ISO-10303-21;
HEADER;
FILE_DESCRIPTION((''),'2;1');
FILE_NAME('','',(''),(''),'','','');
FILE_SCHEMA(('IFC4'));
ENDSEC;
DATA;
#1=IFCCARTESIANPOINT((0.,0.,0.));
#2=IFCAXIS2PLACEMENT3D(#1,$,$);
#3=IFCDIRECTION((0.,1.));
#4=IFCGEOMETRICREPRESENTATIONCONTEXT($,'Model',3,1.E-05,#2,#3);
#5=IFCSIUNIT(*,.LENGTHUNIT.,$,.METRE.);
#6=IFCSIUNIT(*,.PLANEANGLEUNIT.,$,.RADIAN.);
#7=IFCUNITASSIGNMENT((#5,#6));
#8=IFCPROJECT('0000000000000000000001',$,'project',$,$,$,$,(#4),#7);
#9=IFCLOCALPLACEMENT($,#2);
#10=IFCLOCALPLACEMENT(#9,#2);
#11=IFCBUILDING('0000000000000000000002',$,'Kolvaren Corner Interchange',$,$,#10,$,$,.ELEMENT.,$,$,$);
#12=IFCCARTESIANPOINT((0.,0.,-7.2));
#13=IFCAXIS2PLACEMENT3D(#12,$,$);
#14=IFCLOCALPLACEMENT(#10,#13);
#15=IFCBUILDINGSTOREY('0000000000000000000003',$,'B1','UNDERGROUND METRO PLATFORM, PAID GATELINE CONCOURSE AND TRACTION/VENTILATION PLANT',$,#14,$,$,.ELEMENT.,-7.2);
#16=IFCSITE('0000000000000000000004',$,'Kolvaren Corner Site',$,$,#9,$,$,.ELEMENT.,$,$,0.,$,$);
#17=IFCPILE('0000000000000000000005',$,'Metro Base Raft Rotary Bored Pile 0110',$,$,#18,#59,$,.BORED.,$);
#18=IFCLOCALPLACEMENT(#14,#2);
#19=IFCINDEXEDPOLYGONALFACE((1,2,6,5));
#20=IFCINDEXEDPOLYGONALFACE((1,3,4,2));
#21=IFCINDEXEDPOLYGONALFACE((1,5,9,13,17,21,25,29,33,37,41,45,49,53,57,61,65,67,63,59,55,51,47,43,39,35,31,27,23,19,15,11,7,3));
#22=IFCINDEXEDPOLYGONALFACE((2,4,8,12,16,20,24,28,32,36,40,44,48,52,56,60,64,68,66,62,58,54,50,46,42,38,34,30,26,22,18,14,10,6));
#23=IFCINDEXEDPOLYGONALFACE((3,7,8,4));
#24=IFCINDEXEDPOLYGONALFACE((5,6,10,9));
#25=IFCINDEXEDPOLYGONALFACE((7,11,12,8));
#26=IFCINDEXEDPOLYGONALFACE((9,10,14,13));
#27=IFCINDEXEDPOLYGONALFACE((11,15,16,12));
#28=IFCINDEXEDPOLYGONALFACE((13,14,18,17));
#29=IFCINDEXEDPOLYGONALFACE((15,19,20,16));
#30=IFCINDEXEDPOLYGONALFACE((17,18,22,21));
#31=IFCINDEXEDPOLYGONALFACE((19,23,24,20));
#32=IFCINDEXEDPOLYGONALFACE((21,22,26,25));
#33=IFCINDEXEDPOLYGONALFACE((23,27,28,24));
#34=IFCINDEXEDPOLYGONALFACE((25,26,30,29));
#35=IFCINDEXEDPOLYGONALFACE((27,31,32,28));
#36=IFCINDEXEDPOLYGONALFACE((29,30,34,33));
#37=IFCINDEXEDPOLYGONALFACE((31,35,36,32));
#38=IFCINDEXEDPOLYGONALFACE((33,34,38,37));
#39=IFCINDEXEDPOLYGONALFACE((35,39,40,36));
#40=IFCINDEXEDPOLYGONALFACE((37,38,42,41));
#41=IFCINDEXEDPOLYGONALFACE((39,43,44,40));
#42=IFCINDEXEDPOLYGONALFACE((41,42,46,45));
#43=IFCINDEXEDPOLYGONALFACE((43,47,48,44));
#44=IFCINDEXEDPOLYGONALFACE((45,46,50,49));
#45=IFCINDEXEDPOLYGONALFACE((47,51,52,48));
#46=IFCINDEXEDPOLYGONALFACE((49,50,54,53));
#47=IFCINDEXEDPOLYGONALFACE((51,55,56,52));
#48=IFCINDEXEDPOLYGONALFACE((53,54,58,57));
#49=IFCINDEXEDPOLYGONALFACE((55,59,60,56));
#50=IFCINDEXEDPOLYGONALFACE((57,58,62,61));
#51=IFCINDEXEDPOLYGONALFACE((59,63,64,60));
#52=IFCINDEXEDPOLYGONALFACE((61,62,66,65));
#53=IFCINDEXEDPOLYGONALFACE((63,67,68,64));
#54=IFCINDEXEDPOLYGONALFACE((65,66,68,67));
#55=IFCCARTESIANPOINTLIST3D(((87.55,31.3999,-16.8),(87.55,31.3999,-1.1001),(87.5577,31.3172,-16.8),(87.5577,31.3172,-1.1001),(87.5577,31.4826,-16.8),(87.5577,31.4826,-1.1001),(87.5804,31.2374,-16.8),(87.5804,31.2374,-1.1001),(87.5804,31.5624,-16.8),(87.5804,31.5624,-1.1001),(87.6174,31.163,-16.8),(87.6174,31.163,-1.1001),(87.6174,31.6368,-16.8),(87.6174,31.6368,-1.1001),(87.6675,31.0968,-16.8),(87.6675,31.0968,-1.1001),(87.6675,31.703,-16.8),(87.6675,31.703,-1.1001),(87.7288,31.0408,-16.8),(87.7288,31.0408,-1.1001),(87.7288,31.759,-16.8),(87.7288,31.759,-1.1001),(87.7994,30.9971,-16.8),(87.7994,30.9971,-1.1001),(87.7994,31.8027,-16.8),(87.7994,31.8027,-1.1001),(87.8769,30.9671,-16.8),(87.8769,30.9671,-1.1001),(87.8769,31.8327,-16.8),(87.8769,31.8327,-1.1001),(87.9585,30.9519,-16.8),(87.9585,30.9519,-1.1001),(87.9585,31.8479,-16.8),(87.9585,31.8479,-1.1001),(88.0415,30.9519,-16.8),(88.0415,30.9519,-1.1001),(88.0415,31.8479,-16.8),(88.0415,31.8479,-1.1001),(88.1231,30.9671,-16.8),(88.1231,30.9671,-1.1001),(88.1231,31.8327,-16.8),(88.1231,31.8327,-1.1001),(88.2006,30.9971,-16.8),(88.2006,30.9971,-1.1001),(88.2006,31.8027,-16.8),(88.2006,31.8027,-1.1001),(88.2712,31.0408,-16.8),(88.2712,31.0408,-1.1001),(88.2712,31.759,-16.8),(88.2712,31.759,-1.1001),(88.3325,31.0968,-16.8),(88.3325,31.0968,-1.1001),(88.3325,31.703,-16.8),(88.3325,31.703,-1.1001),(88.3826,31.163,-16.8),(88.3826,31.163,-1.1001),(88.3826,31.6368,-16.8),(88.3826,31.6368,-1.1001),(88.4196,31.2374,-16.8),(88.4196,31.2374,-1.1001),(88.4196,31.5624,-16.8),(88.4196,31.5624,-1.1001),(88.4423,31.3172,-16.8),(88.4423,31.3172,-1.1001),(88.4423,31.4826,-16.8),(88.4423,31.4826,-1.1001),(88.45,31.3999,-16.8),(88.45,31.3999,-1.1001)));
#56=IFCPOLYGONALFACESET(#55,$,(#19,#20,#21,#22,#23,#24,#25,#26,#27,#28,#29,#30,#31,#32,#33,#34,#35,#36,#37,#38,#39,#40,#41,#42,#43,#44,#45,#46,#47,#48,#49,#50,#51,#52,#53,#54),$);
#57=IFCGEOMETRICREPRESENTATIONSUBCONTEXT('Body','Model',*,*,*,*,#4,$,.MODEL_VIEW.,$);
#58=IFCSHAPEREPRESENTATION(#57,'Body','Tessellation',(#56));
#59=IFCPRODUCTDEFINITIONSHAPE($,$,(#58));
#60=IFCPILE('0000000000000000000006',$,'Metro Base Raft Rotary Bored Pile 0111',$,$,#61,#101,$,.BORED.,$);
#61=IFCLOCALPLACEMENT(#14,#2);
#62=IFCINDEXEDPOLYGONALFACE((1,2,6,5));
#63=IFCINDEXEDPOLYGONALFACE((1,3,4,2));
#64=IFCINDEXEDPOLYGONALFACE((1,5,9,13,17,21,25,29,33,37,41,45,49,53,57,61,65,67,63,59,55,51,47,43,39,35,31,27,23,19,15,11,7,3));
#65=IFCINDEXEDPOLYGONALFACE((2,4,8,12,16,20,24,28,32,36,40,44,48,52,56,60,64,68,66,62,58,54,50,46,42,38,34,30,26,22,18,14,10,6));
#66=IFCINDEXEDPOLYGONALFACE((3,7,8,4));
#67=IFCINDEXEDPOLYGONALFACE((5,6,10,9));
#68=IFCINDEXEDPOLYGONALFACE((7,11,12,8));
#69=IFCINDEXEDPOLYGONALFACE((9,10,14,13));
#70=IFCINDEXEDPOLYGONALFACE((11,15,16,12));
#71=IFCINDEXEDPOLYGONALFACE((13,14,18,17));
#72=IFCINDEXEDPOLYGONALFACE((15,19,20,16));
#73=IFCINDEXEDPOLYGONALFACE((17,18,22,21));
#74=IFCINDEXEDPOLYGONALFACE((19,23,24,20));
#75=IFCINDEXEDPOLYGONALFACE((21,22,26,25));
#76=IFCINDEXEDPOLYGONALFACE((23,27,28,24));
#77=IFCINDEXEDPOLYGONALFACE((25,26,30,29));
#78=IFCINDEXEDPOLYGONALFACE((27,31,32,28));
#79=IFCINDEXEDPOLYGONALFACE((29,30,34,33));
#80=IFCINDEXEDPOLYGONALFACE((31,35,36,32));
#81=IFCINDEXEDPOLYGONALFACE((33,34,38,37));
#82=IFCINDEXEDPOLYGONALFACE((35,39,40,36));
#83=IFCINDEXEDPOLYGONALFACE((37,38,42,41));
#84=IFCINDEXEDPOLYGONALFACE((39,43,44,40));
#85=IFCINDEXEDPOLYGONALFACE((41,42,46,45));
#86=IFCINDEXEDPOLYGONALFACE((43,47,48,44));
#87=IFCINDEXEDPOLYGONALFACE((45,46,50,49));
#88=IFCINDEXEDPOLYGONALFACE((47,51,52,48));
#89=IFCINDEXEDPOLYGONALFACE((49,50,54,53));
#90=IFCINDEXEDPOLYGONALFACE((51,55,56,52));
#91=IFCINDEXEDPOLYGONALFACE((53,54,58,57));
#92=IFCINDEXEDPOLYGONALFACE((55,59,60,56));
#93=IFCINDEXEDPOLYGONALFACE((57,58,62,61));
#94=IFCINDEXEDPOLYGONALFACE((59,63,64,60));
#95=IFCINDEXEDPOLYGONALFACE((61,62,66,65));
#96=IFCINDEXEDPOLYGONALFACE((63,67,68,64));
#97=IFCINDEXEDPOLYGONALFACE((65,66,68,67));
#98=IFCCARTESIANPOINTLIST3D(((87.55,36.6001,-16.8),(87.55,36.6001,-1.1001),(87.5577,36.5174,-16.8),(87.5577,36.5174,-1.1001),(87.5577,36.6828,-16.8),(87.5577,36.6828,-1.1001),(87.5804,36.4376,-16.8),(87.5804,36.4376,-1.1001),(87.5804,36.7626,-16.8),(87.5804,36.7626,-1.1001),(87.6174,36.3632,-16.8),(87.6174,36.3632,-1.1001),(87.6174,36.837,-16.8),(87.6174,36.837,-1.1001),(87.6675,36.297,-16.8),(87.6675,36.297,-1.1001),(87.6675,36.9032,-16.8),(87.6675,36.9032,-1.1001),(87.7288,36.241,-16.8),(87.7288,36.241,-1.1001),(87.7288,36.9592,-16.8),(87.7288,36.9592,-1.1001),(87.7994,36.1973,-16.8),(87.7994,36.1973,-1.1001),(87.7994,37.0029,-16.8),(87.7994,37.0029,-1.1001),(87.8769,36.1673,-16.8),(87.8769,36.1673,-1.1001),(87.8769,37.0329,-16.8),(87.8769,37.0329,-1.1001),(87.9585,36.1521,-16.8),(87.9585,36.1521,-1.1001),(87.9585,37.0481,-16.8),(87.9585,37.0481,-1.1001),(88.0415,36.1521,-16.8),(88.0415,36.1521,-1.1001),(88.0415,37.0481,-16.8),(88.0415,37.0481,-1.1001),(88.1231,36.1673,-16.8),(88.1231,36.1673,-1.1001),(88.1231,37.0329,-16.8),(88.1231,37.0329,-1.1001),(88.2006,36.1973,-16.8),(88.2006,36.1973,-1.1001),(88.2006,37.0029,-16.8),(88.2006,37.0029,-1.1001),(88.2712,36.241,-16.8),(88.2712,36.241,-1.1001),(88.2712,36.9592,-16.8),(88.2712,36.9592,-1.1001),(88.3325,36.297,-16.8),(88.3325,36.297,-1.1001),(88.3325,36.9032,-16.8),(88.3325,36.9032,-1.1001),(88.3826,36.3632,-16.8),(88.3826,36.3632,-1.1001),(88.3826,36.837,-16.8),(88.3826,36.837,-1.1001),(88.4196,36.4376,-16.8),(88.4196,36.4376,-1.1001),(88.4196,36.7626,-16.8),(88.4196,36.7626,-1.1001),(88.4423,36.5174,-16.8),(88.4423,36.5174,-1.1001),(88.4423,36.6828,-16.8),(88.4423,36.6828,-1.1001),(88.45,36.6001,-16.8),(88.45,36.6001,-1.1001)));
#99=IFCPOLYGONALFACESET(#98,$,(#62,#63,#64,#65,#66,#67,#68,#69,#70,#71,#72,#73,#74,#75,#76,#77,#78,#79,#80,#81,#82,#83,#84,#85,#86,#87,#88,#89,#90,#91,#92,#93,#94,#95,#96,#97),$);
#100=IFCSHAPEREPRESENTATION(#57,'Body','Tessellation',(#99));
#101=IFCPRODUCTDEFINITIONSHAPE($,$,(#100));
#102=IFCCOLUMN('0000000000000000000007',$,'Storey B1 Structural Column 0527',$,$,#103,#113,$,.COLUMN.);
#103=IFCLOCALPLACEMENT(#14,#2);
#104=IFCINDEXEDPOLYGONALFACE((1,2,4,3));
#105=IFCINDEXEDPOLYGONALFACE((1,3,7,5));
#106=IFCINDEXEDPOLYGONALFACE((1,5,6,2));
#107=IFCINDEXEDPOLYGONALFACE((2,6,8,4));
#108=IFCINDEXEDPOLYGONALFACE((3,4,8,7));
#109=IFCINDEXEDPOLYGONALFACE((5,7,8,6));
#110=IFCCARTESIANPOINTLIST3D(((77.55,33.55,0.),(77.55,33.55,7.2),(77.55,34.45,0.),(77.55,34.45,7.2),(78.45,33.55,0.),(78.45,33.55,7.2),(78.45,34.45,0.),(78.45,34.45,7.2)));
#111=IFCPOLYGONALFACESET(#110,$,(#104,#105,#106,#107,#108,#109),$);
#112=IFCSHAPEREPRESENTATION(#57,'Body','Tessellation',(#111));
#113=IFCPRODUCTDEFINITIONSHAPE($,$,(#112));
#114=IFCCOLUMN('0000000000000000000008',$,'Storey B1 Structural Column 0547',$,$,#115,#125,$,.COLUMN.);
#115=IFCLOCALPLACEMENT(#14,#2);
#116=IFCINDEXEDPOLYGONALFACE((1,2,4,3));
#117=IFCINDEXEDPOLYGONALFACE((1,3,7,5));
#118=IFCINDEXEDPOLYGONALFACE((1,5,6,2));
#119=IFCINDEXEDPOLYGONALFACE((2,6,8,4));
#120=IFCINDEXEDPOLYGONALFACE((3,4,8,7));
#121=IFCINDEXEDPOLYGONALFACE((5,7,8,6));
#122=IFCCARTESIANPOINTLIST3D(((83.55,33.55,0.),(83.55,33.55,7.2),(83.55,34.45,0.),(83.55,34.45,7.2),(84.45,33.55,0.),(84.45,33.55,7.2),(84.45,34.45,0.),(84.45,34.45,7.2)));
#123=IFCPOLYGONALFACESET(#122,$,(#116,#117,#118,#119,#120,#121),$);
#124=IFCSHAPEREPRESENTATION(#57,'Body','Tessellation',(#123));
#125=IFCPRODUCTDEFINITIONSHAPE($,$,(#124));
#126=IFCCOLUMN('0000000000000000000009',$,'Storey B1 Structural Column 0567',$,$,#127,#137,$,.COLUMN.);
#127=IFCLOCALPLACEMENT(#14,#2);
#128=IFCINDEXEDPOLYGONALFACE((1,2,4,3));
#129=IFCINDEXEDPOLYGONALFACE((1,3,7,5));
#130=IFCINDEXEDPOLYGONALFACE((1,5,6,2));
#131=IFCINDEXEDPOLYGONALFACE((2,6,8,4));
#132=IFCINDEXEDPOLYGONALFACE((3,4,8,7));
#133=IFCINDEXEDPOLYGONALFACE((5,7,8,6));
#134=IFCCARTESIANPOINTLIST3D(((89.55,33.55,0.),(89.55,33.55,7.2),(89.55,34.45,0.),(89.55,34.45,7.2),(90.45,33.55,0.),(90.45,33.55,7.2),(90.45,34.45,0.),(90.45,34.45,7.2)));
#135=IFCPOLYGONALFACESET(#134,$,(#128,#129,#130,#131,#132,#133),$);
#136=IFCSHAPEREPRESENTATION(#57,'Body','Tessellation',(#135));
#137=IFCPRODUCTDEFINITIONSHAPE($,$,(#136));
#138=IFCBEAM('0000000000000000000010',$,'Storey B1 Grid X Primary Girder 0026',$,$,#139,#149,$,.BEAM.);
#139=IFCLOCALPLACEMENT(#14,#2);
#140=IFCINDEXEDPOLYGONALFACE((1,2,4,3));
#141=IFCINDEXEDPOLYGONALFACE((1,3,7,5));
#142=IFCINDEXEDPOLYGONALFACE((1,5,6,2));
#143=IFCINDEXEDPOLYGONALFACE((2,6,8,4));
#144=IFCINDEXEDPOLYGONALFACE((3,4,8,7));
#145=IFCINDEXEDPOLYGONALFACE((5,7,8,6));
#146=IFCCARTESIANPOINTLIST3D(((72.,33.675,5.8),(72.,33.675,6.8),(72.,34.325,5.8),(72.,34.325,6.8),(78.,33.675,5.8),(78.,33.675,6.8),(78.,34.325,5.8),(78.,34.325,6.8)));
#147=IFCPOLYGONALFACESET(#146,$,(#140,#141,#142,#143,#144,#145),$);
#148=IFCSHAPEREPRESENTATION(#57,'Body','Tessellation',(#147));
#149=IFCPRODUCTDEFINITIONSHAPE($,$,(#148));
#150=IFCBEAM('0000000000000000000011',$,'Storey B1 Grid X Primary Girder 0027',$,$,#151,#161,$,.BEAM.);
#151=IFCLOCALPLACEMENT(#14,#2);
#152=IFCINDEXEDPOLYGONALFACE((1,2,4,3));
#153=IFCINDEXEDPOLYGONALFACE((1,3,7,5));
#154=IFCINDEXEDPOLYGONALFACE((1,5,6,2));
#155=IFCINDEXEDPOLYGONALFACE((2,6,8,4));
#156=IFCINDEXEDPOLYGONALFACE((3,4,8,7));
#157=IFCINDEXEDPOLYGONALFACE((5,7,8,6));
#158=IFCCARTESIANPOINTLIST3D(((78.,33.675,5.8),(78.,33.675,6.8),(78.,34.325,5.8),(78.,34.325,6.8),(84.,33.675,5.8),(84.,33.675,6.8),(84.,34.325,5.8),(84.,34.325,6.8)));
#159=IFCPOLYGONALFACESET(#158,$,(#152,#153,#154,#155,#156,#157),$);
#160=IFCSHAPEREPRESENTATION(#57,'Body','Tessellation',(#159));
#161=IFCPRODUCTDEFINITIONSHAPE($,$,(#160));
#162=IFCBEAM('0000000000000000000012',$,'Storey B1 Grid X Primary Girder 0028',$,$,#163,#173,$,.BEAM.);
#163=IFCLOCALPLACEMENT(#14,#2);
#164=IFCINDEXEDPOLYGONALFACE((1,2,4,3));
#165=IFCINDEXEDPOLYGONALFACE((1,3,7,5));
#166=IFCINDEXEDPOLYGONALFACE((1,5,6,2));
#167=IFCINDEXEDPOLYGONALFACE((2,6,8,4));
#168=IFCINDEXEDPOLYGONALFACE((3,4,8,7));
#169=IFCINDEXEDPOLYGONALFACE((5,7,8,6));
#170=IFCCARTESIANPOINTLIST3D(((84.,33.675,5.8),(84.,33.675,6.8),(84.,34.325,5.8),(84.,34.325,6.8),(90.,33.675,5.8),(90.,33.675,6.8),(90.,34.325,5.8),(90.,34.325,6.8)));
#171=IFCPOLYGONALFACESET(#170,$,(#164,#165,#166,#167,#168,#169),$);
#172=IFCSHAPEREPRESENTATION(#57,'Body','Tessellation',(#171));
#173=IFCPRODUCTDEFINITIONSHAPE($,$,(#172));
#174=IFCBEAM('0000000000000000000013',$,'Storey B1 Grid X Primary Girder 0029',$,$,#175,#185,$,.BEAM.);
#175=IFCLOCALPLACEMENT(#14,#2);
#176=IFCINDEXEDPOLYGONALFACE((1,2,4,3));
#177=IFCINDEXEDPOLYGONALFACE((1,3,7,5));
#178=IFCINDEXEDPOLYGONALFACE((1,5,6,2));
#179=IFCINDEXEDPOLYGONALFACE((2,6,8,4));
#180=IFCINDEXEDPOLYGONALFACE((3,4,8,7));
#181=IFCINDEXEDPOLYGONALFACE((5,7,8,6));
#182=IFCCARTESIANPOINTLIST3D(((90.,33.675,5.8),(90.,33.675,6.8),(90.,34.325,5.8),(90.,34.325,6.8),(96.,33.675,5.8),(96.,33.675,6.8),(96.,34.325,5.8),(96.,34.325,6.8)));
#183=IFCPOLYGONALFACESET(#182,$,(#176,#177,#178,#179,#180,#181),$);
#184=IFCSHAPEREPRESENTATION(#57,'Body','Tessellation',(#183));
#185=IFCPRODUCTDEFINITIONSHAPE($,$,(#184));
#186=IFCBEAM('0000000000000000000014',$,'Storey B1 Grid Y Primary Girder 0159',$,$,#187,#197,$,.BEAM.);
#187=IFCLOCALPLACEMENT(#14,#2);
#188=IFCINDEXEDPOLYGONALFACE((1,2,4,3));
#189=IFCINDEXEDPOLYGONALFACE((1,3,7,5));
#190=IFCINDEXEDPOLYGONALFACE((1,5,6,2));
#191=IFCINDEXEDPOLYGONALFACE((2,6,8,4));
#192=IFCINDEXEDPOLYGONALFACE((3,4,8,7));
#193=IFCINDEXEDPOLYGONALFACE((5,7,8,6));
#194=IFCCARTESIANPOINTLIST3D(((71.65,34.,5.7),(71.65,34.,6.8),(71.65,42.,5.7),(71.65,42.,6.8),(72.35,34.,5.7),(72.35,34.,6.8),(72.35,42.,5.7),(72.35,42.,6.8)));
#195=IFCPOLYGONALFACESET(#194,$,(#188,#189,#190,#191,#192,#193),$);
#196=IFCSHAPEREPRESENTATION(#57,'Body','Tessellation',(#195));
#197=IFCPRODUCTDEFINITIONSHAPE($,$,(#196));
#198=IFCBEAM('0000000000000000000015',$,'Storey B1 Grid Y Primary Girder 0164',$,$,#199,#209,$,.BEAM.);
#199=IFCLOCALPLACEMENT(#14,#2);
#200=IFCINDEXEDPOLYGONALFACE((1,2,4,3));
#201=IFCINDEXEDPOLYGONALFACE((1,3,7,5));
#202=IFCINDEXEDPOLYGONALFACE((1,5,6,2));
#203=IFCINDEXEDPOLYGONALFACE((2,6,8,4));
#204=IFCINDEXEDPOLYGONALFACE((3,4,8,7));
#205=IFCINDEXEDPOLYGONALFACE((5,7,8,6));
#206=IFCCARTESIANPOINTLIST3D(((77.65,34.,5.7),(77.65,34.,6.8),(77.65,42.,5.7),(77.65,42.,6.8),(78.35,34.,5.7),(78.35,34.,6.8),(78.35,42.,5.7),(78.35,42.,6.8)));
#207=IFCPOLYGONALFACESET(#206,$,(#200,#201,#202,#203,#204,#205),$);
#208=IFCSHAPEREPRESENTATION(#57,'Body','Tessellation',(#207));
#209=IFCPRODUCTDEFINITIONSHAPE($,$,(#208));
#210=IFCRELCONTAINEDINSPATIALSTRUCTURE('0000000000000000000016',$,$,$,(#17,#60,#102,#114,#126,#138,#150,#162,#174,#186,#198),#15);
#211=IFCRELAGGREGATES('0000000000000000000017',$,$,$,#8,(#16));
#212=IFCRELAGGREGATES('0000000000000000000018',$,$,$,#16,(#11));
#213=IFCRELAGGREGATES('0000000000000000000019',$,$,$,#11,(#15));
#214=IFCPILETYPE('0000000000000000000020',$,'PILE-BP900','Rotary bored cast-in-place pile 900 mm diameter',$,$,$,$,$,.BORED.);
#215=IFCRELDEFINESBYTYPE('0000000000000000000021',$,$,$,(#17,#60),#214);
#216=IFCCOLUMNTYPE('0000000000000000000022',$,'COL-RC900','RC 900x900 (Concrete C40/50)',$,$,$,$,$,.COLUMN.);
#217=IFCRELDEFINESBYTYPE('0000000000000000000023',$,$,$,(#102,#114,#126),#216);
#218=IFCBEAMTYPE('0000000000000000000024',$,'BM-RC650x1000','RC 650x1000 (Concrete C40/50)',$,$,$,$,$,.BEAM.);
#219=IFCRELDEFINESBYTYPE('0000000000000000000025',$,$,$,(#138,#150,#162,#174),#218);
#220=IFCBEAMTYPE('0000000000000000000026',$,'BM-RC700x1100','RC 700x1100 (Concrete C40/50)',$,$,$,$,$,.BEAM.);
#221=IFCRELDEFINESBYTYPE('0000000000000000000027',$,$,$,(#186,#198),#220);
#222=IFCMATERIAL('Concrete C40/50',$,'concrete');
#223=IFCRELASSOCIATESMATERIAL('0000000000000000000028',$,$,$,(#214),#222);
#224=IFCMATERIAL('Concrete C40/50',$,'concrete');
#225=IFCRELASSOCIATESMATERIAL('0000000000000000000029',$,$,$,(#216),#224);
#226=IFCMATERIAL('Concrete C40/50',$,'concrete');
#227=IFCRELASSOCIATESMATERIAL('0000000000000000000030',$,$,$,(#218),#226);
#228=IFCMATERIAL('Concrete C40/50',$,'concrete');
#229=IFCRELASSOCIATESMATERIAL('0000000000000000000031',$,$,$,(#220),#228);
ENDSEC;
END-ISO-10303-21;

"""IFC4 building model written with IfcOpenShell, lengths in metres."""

from ifc_helpers import new_model, si_unit, direction, frame, origin, origin_2d, place, context, subcontext, project, spatial, rectangle, circle, extrude, material, material_profile, profile_set, type_object, element, save


model = new_model("IFC4")

# Units and contexts
model_context = context("Model", 3, precision=1e-05, world=origin(), true_north=direction((0.0, 1.0)))
body_context = subcontext(model_context, "Body", "Model", "MODEL_VIEW")
ifc_project = project(units=[si_unit("LENGTHUNIT", "METRE"), si_unit("PLANEANGLEUNIT", "RADIAN")], contexts=[model_context])

# Site, building, storey
site_placement = place(None, origin())
site = spatial("IfcSite", under=ifc_project, at=site_placement, Name="Kolvaren Corner Site", CompositionType="ELEMENT", RefElevation=0.0)
building_placement = place(site_placement, origin())
building = spatial("IfcBuilding", under=site, at=building_placement, Name="Kolvaren Corner Interchange", CompositionType="ELEMENT")
storey_placement = place(building_placement, frame((0.0, 0.0, -7.2)))
storey = spatial("IfcBuildingStorey", under=building, at=storey_placement, Name="B1", Description="UNDERGROUND METRO PLATFORM, PAID GATELINE CONCOURSE AND TRACTION/VENTILATION PLANT", CompositionType="ELEMENT", Elevation=-7.2)

# Piles
ifc_material_1 = material(Name="Concrete C40/50", Category="concrete")
ifc_material_profile_1 = material_profile(ifc_material_1, circle(Radius=0.45, at=origin_2d()), Name="BORED PILE 900")
ifc_profile_set_1 = profile_set([ifc_material_profile_1], Name="Concrete C40/50")
pile_type = type_object("IfcPileType", Name="PILE-BP900", Description="Rotary bored cast-in-place pile 900 mm diameter", PredefinedType="BORED", material=ifc_profile_set_1)
for number, where, z_axis, x_axis, name in (
    (1, (88.0, 31.3999, -1.1001), (0.0, 0.0, -1.0), (1.0, 0.0, 0.0), "Metro Base Raft Rotary Bored Pile 0110"),
    (2, (88.0, 36.6001, -1.1001), (0.0, 0.0, -1.0), (1.0, 0.0, 0.0), "Metro Base Raft Rotary Bored Pile 0111"),
):
    element("IfcPile", number, at=place(storey_placement, frame(where, z_axis=z_axis, x_axis=x_axis)), inside=storey, type_object=pile_type, Name=name, PredefinedType="BORED", context=body_context, shape_type="SweptSolid", body=[
        extrude(circle(Radius=0.45, at=origin_2d()), origin(), (0.0, 0.0, 1.0), 15.7),
    ])

# Columns
ifc_material_2 = material(Name="Concrete C40/50", Category="concrete")
ifc_material_profile_2 = material_profile(ifc_material_2, rectangle(XDim=0.8999, YDim=0.8999, at=origin_2d()), Name="RC 900x900")
ifc_profile_set_2 = profile_set([ifc_material_profile_2], Name="Concrete C40/50")
column_type = type_object("IfcColumnType", Name="COL-RC900", Description="RC 900x900 (Concrete C40/50)", PredefinedType="COLUMN", material=ifc_profile_set_2)
for number, where, z_axis, x_axis, name in (
    (3, (78.0, 34.0, 0.0), (0.0, 0.0, 1.0), (1.0, 0.0, 0.0), "Storey B1 Structural Column 0527"),
    (4, (84.0, 34.0, 0.0), (0.0, 0.0, 1.0), (1.0, 0.0, 0.0), "Storey B1 Structural Column 0547"),
    (5, (90.0, 34.0, 0.0), (0.0, 0.0, 1.0), (1.0, 0.0, 0.0), "Storey B1 Structural Column 0567"),
):
    element("IfcColumn", number, at=place(storey_placement, frame(where, z_axis=z_axis, x_axis=x_axis)), inside=storey, type_object=column_type, Name=name, PredefinedType="COLUMN", context=body_context, shape_type="SweptSolid", body=[
        extrude(rectangle(XDim=0.8999, YDim=0.8999, at=origin_2d()), origin(), (0.0, 0.0, 1.0), 7.2),
    ])

# Beams
ifc_material_3 = material(Name="Concrete C40/50", Category="concrete")
ifc_material_profile_3 = material_profile(ifc_material_3, rectangle(XDim=0.6499, YDim=1.0, at=origin_2d()), Name="RC 650x1000")
ifc_profile_set_3 = profile_set([ifc_material_profile_3], Name="Concrete C40/50")
beam_type_1 = type_object("IfcBeamType", Name="BM-RC650x1000", Description="RC 650x1000 (Concrete C40/50)", PredefinedType="BEAM", material=ifc_profile_set_3)
for number, where, z_axis, x_axis, name in (
    (6, (72.0, 34.0, 6.3), (1.0, 0.0, 0.0), (0.0, 1.0, 0.0), "Storey B1 Grid X Primary Girder 0026"),
    (7, (78.0, 34.0, 6.3), (1.0, 0.0, 0.0), (0.0, 1.0, 0.0), "Storey B1 Grid X Primary Girder 0027"),
    (8, (84.0, 34.0, 6.3), (1.0, 0.0, 0.0), (0.0, 1.0, 0.0), "Storey B1 Grid X Primary Girder 0028"),
    (9, (90.0, 34.0, 6.3), (1.0, 0.0, 0.0), (0.0, 1.0, 0.0), "Storey B1 Grid X Primary Girder 0029"),
):
    element("IfcBeam", number, at=place(storey_placement, frame(where, z_axis=z_axis, x_axis=x_axis)), inside=storey, type_object=beam_type_1, Name=name, PredefinedType="BEAM", context=body_context, shape_type="SweptSolid", body=[
        extrude(rectangle(XDim=0.6499, YDim=1.0, at=origin_2d()), origin(), (0.0, 0.0, 1.0), 6.0),
    ])
ifc_material_4 = material(Name="Concrete C40/50", Category="concrete")
ifc_material_profile_4 = material_profile(ifc_material_4, rectangle(XDim=0.7, YDim=1.1001, at=origin_2d()), Name="RC 700x1100")
ifc_profile_set_4 = profile_set([ifc_material_profile_4], Name="Concrete C40/50")
beam_type_2 = type_object("IfcBeamType", Name="BM-RC700x1100", Description="RC 700x1100 (Concrete C40/50)", PredefinedType="BEAM", material=ifc_profile_set_4)
for number, where, z_axis, x_axis, name in (
    (10, (72.0, 34.0, 6.25), (0.0, 1.0, 0.0), (-1.0, 0.0, 0.0), "Storey B1 Grid Y Primary Girder 0159"),
    (11, (78.0, 34.0, 6.25), (0.0, 1.0, 0.0), (-1.0, 0.0, 0.0), "Storey B1 Grid Y Primary Girder 0164"),
):
    element("IfcBeam", number, at=place(storey_placement, frame(where, z_axis=z_axis, x_axis=x_axis)), inside=storey, type_object=beam_type_2, Name=name, PredefinedType="BEAM", context=body_context, shape_type="SweptSolid", body=[
        extrude(rectangle(XDim=0.7, YDim=1.1001, at=origin_2d()), origin(), (0.0, 0.0, 1.0), 8.0),
    ])

save(model, "model.ifc")
